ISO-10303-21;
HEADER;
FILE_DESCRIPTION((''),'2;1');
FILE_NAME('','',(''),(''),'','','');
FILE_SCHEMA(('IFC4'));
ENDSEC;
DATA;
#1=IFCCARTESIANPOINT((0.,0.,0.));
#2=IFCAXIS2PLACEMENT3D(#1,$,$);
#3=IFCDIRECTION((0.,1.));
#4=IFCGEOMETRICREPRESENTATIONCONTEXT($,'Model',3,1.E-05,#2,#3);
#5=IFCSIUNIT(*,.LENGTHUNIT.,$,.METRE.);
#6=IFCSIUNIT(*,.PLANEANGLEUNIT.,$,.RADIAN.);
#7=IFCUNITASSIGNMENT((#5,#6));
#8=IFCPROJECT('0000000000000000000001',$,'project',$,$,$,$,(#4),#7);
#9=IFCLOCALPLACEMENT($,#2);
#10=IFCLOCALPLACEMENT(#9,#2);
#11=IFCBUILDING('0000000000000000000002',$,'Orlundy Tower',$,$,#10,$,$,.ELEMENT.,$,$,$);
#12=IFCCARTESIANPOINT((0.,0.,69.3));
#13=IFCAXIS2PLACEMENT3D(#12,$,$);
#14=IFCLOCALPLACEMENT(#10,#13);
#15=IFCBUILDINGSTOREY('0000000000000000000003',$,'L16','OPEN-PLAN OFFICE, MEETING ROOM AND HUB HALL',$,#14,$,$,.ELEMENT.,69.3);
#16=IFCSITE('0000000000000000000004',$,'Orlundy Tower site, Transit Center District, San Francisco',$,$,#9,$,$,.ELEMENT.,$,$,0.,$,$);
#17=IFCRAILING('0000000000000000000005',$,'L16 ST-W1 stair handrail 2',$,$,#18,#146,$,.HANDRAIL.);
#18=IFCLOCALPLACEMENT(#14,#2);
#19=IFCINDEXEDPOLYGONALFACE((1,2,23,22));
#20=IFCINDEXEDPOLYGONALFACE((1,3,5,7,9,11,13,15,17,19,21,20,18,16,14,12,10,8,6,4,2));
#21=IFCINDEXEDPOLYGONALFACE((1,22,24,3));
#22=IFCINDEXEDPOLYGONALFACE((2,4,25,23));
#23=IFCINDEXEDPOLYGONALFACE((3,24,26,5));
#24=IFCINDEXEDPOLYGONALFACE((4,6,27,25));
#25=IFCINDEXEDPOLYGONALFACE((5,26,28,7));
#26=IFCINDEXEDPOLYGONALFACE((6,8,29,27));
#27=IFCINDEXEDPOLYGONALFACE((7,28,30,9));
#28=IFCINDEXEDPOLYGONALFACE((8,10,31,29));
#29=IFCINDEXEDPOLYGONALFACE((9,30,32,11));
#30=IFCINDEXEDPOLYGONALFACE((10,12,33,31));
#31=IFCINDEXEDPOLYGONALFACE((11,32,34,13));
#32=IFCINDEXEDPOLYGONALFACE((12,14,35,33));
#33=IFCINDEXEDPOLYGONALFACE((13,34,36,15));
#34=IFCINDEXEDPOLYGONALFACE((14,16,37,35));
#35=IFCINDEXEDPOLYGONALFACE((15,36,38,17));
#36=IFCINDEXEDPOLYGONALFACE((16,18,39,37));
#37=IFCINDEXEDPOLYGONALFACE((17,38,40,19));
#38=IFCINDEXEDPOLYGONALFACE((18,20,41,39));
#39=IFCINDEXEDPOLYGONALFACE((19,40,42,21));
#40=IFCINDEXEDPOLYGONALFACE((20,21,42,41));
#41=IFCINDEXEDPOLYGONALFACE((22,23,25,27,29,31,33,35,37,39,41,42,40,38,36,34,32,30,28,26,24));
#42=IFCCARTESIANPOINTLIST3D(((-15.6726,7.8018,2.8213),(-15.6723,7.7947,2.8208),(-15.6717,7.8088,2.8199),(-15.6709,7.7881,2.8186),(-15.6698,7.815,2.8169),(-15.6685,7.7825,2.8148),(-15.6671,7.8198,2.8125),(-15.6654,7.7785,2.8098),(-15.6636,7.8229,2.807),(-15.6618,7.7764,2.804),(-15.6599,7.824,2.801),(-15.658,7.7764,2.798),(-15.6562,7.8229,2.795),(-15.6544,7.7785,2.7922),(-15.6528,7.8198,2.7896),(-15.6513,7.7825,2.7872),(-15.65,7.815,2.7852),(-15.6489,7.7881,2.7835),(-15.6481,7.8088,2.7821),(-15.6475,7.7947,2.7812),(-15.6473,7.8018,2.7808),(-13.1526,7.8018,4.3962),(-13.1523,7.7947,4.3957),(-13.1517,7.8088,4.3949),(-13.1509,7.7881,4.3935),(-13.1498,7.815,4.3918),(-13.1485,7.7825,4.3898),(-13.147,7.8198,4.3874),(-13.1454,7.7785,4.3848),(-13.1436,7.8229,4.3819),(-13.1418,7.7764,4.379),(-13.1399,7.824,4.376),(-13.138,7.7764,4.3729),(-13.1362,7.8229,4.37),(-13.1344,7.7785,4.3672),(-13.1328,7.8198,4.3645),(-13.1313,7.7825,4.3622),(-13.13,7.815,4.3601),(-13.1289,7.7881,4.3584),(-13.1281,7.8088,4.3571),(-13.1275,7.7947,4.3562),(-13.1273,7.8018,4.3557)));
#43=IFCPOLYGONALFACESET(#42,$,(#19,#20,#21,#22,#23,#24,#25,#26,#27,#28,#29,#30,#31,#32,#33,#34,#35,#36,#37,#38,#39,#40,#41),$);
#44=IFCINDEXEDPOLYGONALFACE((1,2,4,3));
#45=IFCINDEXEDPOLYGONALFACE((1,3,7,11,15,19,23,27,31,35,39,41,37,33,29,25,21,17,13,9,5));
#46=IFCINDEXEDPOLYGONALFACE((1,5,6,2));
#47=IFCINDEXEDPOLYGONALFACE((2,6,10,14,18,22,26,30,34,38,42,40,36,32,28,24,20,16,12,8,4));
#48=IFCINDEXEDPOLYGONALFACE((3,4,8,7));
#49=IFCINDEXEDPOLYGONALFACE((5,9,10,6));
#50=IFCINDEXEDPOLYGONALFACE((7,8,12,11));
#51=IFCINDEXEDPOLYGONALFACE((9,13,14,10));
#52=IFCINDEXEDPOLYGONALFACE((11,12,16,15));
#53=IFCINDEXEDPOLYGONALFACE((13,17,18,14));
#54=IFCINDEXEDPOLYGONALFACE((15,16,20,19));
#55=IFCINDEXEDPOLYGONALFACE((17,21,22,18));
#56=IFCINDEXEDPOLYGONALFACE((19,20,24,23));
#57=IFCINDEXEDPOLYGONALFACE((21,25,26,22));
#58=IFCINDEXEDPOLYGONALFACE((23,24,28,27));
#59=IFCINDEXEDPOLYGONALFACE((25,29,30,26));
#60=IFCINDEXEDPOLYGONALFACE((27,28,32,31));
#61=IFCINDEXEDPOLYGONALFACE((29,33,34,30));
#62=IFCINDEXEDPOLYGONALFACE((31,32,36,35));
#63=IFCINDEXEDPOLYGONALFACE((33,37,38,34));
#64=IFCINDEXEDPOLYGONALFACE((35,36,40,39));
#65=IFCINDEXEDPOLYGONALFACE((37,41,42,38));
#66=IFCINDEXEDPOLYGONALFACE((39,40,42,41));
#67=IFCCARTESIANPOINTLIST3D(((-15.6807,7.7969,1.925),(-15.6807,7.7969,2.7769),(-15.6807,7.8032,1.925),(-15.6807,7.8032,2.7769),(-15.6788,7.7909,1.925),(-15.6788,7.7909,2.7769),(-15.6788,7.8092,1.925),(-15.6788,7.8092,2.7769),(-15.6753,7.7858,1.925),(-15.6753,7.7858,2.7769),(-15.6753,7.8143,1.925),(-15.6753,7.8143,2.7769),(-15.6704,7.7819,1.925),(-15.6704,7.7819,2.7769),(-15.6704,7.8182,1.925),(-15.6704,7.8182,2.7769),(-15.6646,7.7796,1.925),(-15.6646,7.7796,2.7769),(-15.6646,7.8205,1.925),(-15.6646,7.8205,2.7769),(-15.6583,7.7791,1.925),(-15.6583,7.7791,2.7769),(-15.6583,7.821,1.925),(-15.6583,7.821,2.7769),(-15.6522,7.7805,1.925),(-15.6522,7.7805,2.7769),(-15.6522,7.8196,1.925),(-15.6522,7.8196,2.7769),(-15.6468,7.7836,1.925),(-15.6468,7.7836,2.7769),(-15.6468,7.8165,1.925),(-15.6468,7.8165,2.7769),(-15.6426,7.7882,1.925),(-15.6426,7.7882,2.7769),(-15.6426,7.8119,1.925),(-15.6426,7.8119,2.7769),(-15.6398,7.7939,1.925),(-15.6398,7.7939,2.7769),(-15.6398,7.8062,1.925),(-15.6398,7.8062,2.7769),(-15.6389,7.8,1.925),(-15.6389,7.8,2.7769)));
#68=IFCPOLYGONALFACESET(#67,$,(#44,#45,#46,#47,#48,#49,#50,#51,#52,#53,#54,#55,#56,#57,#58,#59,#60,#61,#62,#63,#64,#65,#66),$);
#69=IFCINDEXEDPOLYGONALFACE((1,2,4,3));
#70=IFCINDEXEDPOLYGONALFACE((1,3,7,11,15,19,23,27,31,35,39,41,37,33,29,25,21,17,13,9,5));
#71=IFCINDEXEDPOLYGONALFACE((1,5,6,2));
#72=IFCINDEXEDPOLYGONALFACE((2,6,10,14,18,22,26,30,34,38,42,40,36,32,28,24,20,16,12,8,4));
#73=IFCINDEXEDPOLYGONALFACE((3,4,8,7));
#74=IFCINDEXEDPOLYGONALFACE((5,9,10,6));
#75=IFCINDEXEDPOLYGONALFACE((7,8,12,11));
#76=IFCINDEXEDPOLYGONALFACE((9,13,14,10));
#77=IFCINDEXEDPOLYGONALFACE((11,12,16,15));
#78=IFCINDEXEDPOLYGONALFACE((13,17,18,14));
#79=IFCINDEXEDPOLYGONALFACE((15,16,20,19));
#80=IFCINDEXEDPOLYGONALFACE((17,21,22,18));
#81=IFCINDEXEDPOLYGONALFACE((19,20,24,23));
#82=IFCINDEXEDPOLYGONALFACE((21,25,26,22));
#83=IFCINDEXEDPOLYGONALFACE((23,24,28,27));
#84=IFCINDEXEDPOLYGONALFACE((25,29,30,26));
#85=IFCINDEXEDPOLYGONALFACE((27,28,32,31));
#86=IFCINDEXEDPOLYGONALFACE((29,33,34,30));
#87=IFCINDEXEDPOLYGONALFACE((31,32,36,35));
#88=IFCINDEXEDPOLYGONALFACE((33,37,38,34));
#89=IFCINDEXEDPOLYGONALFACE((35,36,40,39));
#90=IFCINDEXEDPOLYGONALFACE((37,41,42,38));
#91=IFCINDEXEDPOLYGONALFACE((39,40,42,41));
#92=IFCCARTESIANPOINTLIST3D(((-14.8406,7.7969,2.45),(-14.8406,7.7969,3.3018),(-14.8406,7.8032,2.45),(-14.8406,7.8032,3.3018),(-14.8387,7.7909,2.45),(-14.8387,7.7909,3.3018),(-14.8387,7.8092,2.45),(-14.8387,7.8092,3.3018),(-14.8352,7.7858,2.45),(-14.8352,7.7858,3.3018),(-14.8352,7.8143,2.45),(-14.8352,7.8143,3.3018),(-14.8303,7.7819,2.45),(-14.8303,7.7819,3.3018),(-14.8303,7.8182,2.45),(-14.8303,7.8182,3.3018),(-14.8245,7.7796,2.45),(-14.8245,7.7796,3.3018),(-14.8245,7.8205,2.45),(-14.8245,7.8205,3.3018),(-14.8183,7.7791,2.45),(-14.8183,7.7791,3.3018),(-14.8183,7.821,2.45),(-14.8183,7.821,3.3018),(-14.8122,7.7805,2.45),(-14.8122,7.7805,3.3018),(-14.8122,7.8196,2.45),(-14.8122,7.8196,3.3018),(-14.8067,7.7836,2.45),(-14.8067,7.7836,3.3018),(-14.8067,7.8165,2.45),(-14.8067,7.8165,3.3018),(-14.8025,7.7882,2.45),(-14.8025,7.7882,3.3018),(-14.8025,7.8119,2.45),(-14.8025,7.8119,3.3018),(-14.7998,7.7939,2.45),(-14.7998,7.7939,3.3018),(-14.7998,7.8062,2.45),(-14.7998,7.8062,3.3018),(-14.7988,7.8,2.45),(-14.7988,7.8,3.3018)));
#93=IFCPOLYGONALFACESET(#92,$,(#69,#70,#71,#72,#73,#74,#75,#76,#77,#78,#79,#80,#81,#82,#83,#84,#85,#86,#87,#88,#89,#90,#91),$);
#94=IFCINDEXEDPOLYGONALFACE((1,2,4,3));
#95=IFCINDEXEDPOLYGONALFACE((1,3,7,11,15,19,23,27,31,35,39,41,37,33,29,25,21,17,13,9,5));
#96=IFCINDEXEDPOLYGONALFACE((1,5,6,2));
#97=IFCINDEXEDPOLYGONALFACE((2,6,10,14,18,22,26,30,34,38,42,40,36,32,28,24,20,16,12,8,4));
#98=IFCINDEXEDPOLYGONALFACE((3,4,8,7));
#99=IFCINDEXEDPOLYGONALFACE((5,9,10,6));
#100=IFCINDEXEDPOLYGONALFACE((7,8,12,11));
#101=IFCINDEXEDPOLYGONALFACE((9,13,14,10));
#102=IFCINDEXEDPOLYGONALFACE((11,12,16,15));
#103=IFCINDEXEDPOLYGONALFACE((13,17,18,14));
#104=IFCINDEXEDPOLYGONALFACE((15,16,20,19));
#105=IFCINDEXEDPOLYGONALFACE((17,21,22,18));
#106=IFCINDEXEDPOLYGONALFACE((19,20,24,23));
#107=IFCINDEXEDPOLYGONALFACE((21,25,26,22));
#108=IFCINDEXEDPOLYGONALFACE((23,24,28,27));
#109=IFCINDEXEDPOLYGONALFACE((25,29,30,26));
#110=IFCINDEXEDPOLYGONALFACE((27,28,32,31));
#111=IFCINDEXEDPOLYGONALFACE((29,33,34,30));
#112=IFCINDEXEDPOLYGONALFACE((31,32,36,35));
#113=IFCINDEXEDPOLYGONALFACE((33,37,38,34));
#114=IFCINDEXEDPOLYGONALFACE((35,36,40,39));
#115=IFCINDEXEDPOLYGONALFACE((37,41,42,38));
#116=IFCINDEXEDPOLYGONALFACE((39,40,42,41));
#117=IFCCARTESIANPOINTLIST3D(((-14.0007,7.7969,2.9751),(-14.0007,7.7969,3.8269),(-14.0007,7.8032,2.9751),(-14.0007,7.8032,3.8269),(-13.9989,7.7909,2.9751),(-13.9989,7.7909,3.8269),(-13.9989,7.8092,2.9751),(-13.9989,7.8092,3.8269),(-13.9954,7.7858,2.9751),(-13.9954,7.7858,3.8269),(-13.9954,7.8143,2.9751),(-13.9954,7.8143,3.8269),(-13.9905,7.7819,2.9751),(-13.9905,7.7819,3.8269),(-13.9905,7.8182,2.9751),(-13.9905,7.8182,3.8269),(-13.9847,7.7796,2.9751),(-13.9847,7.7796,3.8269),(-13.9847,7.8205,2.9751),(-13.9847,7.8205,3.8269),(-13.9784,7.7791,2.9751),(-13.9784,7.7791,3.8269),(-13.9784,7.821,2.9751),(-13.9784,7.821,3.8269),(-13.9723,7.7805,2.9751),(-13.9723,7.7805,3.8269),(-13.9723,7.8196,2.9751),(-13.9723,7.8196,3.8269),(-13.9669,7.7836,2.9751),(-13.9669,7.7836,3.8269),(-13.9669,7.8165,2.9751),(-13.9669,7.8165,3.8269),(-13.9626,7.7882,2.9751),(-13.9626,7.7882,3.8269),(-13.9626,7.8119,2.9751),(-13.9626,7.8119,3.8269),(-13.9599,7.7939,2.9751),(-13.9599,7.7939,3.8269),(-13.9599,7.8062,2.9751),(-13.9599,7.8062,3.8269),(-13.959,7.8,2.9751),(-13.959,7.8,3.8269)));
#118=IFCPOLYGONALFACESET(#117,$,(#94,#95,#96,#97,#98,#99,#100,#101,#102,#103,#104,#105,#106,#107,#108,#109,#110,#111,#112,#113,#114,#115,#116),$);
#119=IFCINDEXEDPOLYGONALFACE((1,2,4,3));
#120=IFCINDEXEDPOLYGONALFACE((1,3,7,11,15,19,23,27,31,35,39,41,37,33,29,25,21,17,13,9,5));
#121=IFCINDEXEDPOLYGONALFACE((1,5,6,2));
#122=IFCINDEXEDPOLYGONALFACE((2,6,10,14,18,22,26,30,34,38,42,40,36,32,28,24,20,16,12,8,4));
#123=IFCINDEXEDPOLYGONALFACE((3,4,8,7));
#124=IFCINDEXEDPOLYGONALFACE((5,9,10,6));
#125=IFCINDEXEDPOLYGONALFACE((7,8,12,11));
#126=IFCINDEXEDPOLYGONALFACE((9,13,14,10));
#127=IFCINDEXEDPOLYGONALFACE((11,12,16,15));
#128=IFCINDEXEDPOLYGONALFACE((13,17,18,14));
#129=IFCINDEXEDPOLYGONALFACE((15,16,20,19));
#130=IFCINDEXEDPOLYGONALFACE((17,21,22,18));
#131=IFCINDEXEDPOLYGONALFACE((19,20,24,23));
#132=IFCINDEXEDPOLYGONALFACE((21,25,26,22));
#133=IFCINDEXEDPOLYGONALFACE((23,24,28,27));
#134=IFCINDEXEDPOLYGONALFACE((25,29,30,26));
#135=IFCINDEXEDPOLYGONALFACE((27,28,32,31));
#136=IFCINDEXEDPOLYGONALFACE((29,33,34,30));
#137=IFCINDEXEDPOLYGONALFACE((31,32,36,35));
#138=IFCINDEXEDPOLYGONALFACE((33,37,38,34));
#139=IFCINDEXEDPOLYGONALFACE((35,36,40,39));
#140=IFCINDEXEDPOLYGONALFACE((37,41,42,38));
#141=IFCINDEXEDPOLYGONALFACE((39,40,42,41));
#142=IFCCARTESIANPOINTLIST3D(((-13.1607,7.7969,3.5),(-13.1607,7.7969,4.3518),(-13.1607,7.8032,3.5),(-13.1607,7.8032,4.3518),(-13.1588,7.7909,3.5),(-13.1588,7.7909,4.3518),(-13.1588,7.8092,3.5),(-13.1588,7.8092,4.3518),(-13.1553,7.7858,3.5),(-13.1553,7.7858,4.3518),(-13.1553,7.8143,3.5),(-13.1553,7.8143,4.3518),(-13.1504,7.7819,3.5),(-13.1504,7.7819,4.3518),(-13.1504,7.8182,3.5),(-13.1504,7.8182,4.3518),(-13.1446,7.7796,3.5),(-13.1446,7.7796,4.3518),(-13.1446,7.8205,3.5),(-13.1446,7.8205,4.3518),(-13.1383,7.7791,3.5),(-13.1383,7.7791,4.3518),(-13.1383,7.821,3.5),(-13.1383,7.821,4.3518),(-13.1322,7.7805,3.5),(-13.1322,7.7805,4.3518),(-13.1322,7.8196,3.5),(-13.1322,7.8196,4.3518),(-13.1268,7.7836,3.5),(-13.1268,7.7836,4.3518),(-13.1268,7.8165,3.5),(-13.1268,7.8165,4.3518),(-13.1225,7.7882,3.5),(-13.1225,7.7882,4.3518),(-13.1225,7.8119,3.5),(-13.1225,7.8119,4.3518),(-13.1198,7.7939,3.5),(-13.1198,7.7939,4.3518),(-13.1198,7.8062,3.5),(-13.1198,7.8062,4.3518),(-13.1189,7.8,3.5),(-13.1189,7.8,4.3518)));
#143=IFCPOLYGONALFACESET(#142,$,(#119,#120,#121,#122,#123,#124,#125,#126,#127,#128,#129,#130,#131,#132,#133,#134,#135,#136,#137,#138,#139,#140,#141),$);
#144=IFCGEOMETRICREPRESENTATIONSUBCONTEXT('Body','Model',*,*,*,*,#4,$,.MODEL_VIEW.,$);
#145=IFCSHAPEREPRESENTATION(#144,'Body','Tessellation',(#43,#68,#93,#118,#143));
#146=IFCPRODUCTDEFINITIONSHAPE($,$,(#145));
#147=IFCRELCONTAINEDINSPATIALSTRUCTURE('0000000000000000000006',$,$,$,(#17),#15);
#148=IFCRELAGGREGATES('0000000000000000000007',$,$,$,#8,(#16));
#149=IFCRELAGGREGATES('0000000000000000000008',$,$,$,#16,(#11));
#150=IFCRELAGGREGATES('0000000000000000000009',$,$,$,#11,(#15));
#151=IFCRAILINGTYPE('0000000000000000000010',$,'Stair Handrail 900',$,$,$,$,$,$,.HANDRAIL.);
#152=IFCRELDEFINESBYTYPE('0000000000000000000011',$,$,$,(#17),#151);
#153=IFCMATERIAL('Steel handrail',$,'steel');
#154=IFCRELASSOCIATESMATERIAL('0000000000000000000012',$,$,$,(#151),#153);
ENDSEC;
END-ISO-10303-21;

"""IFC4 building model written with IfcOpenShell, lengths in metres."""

from ifc_helpers import new_model, si_unit, direction, frame, origin, origin_2d, place, context, subcontext, project, spatial, circle, extrude, material, type_object, element, save


model = new_model("IFC4")

# Units and contexts
model_context = context("Model", 3, precision=1e-05, world=origin(), true_north=direction((0.0, 1.0)))
body_context = subcontext(model_context, "Body", "Model", "MODEL_VIEW")
ifc_project = project(units=[si_unit("LENGTHUNIT", "METRE"), si_unit("PLANEANGLEUNIT", "RADIAN")], contexts=[model_context])

# Site, building, storey
site_placement = place(None, origin())
site = spatial("IfcSite", under=ifc_project, at=site_placement, Name="Orlundy Tower site, Transit Center District, San Francisco", CompositionType="ELEMENT", RefElevation=0.0)
building_placement = place(site_placement, origin())
building = spatial("IfcBuilding", under=site, at=building_placement, Name="Orlundy Tower", CompositionType="ELEMENT")
storey_placement = place(building_placement, frame((0.0, 0.0, 69.3)))
storey = spatial("IfcBuildingStorey", under=building, at=storey_placement, Name="L16", Description="OPEN-PLAN OFFICE, MEETING ROOM AND HUB HALL", CompositionType="ELEMENT", Elevation=69.3)

# Railing
ifc_material_1 = material(Name="Steel handrail", Category="steel")
railing_type = type_object("IfcRailingType", Name="Stair Handrail 900", PredefinedType="HANDRAIL", material=ifc_material_1)
railing_placement = place(storey_placement, frame((-15.6599, 7.8, 1.925)))
element("IfcRailing", 1, at=railing_placement, inside=storey, type_object=railing_type, Name="L16 ST-W1 stair handrail 2", PredefinedType="HANDRAIL", context=body_context, shape_type="SweptSolid", body=[
    extrude(circle(Radius=0.0239, at=origin_2d()), frame((0.0, 0.0, 0.876), z_axis=(0.848008, 0.0, 0.529984), x_axis=(0.0, 1.0, 0.0)), (0.0, 0.0, 1.0), 2.9717),
    extrude(circle(Radius=0.021, at=origin_2d()), origin(), (0.0, 0.0, 1.0), 0.8518),
    extrude(circle(Radius=0.021, at=origin_2d()), frame((0.8401, 0.0, 0.5249)), (0.0, 0.0, 1.0), 0.8518),
    extrude(circle(Radius=0.021, at=origin_2d()), frame((1.6799, 0.0, 1.05)), (0.0, 0.0, 1.0), 0.8518),
    extrude(circle(Radius=0.021, at=origin_2d()), frame((2.52, 0.0, 1.575)), (0.0, 0.0, 1.0), 0.8518),
])

save(model, "model.ifc")
